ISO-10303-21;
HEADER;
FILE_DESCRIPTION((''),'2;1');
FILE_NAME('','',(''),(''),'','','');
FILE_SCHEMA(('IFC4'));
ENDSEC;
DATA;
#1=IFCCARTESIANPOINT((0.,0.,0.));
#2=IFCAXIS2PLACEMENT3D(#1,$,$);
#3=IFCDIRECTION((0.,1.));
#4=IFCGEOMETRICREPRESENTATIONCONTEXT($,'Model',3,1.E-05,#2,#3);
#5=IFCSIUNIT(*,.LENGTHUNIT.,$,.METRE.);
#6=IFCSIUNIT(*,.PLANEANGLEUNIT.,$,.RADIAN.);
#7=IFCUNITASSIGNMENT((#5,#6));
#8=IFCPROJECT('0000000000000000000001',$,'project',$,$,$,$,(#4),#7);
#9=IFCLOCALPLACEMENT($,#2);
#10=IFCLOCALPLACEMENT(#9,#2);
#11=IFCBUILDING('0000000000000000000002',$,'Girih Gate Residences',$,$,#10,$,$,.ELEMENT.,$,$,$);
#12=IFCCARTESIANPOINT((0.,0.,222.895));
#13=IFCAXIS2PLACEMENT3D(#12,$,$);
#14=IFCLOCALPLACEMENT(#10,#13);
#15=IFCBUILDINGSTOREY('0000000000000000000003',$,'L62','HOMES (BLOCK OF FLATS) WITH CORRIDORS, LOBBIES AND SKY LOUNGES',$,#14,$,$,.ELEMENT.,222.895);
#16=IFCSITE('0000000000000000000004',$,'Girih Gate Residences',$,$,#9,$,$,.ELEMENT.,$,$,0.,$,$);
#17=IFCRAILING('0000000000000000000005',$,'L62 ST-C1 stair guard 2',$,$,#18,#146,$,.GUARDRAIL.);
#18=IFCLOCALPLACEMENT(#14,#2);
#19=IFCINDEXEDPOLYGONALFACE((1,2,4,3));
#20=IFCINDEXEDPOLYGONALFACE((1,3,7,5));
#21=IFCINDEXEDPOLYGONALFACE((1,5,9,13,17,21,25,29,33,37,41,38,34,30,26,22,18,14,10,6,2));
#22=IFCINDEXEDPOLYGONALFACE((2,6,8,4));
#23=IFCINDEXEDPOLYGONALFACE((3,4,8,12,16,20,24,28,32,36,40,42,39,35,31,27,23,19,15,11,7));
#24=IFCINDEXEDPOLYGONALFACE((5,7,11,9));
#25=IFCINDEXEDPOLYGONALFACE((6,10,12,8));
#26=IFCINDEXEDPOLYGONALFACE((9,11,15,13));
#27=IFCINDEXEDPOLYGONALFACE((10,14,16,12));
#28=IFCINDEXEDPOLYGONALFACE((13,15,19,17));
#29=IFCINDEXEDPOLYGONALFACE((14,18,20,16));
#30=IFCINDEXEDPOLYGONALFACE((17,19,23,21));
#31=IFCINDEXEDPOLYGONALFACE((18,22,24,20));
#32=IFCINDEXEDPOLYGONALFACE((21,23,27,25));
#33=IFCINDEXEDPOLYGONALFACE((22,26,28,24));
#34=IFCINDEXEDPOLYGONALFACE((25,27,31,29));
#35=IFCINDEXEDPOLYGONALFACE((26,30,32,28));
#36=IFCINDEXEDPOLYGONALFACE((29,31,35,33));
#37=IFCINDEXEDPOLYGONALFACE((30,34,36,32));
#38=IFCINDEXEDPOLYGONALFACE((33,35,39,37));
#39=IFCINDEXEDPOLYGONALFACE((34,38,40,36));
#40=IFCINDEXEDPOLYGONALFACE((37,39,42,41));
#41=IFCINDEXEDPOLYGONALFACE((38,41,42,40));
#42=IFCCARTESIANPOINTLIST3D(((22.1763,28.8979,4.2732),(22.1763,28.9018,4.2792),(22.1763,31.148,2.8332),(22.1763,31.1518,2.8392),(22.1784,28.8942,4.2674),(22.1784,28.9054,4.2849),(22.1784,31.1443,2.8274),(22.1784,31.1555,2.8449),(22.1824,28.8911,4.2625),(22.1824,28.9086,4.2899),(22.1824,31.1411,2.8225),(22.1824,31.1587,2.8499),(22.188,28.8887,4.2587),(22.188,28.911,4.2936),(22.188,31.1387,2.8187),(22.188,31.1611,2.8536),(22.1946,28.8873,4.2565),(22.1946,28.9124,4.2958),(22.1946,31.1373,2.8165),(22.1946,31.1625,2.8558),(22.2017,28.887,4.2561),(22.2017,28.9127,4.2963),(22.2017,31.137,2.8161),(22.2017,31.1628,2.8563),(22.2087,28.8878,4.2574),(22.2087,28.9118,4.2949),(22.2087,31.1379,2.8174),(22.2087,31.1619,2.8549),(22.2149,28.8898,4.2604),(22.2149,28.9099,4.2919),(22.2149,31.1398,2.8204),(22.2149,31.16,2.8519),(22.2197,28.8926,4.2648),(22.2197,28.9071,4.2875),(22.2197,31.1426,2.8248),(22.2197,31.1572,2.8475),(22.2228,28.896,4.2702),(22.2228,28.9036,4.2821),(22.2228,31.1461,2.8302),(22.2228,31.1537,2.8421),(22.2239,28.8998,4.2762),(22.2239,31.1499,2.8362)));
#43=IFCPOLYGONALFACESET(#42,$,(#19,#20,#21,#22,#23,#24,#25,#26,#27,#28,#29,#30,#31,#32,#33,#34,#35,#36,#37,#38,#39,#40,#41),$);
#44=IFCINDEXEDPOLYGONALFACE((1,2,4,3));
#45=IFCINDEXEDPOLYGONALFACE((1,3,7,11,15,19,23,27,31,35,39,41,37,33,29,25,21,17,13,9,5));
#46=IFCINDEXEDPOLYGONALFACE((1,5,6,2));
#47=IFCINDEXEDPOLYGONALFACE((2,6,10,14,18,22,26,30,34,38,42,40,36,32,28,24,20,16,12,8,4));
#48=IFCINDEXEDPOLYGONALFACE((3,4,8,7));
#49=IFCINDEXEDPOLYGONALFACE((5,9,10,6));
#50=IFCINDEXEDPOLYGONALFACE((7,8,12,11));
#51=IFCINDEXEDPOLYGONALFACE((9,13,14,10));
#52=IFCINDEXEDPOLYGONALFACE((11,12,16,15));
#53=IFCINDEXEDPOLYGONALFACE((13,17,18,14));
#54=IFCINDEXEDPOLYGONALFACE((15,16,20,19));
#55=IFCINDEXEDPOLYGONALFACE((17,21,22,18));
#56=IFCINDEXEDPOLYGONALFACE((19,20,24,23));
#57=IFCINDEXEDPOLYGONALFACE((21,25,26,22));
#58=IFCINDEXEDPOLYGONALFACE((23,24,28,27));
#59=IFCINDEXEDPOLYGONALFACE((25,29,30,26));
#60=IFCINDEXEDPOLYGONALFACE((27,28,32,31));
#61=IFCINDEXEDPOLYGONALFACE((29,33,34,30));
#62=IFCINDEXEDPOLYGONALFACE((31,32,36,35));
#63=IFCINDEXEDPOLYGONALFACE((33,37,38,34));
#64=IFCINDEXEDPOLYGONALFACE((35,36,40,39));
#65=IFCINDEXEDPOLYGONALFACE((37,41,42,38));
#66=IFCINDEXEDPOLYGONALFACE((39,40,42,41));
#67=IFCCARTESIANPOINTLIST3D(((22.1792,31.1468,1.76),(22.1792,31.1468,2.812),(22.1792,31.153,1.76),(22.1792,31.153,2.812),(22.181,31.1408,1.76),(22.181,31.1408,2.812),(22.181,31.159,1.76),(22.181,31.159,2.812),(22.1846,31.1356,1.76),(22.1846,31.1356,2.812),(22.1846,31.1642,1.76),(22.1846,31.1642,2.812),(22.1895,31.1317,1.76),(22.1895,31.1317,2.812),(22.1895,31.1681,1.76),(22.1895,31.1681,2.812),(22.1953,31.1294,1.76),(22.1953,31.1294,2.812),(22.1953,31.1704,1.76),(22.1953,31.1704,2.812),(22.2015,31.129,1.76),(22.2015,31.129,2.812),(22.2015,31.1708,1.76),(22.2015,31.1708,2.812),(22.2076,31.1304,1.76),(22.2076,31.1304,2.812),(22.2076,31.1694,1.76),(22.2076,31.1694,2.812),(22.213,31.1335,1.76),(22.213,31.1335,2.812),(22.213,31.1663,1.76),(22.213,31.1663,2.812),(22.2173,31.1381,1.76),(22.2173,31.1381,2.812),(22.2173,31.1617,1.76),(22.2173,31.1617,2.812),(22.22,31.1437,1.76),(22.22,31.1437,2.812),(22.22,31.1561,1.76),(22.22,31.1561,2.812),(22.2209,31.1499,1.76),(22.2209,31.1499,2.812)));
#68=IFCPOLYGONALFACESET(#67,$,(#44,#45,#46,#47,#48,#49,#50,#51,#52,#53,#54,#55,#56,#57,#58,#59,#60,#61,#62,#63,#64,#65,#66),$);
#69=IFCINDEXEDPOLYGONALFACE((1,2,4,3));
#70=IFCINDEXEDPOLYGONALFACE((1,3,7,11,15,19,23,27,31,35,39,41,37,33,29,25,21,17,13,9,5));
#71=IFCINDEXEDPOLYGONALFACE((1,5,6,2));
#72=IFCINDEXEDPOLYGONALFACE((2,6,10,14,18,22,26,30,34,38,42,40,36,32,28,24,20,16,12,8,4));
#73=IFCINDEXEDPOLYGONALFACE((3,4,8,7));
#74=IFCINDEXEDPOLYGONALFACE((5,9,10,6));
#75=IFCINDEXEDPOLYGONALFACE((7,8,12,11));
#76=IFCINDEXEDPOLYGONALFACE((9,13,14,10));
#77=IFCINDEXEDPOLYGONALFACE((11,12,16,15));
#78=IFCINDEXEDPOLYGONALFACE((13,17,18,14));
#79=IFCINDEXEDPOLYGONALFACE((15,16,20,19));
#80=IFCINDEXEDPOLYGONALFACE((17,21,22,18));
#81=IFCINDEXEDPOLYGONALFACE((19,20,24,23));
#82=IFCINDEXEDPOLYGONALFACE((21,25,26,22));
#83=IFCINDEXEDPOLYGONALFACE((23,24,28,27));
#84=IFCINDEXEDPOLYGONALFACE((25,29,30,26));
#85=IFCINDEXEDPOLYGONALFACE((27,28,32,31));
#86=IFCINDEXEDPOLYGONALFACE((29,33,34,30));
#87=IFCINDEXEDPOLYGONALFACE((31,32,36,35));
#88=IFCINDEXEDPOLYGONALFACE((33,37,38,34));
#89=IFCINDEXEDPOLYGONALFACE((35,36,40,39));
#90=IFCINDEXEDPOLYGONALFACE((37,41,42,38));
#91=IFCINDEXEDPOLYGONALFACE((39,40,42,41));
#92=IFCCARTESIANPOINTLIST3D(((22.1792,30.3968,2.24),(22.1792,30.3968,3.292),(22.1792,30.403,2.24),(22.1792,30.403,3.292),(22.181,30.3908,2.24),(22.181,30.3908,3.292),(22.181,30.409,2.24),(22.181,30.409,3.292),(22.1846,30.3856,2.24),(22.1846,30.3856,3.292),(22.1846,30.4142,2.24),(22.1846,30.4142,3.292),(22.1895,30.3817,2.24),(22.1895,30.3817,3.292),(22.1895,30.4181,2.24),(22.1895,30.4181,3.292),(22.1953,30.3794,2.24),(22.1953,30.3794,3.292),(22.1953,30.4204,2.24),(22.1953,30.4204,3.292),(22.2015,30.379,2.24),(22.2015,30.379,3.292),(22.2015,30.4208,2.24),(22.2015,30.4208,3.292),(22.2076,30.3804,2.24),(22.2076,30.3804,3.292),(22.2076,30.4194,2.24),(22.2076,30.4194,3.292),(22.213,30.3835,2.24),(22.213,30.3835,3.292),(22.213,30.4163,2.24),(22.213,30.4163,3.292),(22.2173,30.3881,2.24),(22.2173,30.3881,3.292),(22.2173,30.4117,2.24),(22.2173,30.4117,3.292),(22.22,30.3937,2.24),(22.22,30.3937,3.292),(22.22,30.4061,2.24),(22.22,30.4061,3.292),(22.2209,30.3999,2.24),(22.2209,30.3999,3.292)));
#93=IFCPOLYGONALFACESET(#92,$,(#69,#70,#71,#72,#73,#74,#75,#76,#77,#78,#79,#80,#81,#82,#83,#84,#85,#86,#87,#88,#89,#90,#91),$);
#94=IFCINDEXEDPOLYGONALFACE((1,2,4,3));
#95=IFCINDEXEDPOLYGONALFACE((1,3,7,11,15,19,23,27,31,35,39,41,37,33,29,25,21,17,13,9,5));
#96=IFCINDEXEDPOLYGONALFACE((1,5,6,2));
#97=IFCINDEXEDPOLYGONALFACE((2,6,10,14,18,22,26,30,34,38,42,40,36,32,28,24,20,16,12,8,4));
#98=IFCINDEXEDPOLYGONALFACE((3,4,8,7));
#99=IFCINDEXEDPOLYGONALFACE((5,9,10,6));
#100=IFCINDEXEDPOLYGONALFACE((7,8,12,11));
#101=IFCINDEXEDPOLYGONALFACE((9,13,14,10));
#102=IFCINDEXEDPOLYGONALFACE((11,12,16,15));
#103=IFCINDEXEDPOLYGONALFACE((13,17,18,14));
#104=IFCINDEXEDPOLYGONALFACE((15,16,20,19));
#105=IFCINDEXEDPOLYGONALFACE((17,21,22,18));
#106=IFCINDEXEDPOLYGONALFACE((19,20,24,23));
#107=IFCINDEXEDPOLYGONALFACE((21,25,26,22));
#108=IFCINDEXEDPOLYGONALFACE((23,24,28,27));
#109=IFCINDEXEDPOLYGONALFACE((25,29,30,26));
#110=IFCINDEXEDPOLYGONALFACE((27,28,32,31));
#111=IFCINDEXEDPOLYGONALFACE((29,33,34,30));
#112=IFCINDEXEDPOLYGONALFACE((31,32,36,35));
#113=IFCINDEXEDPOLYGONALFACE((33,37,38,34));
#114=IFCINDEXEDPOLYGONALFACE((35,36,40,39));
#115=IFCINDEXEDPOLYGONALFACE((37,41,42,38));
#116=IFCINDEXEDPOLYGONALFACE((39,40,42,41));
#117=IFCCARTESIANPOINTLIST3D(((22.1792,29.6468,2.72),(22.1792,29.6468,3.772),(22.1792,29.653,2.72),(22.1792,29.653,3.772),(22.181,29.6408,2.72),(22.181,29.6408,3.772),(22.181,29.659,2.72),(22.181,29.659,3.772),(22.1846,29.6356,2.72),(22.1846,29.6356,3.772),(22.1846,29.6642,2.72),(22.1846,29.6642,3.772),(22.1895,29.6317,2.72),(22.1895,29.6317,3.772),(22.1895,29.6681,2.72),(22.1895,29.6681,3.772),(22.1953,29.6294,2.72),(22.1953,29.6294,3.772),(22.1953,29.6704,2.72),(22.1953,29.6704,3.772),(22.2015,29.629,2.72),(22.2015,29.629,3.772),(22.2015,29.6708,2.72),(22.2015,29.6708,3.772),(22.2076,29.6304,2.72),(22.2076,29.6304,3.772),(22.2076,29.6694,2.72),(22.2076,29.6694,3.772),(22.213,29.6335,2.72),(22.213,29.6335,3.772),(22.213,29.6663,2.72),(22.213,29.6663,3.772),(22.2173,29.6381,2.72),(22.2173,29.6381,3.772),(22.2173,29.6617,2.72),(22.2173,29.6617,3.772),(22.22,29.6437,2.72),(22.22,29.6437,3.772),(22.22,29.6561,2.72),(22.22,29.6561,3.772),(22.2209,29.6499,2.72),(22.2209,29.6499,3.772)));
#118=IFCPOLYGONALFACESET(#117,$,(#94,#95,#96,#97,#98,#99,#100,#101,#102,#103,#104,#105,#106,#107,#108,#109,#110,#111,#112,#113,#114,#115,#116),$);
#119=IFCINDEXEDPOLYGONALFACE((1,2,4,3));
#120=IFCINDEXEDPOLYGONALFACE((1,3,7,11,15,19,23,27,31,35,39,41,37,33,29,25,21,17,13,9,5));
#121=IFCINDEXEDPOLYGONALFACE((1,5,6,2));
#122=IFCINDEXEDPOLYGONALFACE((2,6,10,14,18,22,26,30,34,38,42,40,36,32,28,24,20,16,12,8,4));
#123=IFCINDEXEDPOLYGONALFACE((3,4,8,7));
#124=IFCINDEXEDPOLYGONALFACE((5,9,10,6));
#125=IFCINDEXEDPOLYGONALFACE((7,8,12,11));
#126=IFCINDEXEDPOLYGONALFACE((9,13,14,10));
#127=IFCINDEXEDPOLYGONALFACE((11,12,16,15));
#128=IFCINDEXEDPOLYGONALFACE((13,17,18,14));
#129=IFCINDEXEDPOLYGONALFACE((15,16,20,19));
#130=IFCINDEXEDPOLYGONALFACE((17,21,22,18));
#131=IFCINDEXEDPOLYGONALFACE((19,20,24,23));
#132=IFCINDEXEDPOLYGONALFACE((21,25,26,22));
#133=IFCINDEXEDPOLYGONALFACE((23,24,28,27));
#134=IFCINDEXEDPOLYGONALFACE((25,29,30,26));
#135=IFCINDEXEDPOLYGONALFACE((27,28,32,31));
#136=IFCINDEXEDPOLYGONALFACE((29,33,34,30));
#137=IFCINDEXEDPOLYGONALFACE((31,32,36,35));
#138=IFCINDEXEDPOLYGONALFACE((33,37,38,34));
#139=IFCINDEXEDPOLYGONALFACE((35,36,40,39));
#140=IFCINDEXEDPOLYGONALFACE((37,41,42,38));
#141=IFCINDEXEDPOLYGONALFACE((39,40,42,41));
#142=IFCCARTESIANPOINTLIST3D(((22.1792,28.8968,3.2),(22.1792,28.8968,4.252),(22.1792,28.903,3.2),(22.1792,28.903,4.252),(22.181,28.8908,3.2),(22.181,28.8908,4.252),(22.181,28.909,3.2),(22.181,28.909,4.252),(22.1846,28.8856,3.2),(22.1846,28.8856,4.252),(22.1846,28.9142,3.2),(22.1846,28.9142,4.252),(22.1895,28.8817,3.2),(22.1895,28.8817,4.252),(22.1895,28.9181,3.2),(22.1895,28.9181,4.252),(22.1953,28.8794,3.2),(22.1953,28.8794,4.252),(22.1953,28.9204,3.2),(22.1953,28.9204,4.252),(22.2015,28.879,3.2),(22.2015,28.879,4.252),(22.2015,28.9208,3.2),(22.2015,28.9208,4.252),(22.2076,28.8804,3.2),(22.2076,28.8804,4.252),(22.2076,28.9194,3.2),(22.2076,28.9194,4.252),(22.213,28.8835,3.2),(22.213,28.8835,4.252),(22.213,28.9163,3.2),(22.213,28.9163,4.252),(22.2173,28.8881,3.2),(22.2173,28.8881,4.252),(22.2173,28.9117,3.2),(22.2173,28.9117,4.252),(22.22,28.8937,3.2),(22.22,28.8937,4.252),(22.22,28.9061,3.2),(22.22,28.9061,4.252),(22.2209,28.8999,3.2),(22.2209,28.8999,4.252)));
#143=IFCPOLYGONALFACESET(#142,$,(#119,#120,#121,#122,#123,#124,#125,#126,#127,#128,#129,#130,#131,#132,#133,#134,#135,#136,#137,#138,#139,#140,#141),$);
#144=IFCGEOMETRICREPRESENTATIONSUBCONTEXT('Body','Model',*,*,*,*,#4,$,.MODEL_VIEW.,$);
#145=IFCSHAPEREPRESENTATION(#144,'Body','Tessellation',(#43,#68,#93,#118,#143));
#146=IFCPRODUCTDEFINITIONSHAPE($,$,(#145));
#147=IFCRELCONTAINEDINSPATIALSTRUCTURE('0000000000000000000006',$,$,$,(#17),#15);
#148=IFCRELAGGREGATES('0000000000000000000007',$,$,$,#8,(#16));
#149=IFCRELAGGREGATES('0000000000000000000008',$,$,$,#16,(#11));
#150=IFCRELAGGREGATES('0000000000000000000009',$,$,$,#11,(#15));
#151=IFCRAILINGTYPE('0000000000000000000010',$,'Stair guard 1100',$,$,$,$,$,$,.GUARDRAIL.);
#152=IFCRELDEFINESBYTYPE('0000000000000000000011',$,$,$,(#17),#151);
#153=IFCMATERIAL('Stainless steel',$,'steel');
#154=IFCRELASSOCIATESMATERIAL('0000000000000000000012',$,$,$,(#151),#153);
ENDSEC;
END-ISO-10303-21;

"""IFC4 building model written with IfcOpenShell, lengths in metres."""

from ifc_helpers import new_model, si_unit, direction, frame, origin, origin_2d, place, context, subcontext, project, spatial, circle, extrude, material, type_object, element, save


model = new_model("IFC4")

# Units and contexts
model_context = context("Model", 3, precision=1e-05, world=origin(), true_north=direction((0.0, 1.0)))
body_context = subcontext(model_context, "Body", "Model", "MODEL_VIEW")
ifc_project = project(units=[si_unit("LENGTHUNIT", "METRE"), si_unit("PLANEANGLEUNIT", "RADIAN")], contexts=[model_context])

# Site, building, storey
site_placement = place(None, origin())
site = spatial("IfcSite", under=ifc_project, at=site_placement, Name="Girih Gate Residences", CompositionType="ELEMENT", RefElevation=0.0)
building_placement = place(site_placement, origin())
building = spatial("IfcBuilding", under=site, at=building_placement, Name="Girih Gate Residences", CompositionType="ELEMENT")
storey_placement = place(building_placement, frame((0.0, 0.0, 222.895)))
storey = spatial("IfcBuildingStorey", under=building, at=storey_placement, Name="L62", Description="HOMES (BLOCK OF FLATS) WITH CORRIDORS, LOBBIES AND SKY LOUNGES", CompositionType="ELEMENT", Elevation=222.895)

# Railing
ifc_material_1 = material(Name="Stainless steel", Category="steel")
railing_type_1 = type_object("IfcRailingType", Name="Stair guard 1100", PredefinedType="GUARDRAIL", material=ifc_material_1)
railing_1_placement = place(storey_placement, frame((22.2, 31.1499, 1.76)))
element("IfcRailing", 1, at=railing_1_placement, inside=storey, type_object=railing_type_1, Name="L62 ST-C1 stair guard 2", PredefinedType="GUARDRAIL", context=body_context, shape_type="SweptSolid", body=[
    extrude(circle(Radius=0.0239, at=origin_2d()), frame((0.0, 0.0, 1.0762), z_axis=(0.0, -0.842281, 0.539038), x_axis=(1.0, 0.0, 0.0)), (0.0, 0.0, 1.0), 2.6714),
    extrude(circle(Radius=0.021, at=origin_2d()), origin(), (0.0, 0.0, 1.0), 1.052),
    extrude(circle(Radius=0.021, at=origin_2d()), frame((0.0, -0.75, 0.48)), (0.0, 0.0, 1.0), 1.052),
    extrude(circle(Radius=0.021, at=origin_2d()), frame((0.0, -1.5, 0.96)), (0.0, 0.0, 1.0), 1.052),
    extrude(circle(Radius=0.021, at=origin_2d()), frame((0.0, -2.25, 1.4399)), (0.0, 0.0, 1.0), 1.052),
])

save(model, "model.ifc")
